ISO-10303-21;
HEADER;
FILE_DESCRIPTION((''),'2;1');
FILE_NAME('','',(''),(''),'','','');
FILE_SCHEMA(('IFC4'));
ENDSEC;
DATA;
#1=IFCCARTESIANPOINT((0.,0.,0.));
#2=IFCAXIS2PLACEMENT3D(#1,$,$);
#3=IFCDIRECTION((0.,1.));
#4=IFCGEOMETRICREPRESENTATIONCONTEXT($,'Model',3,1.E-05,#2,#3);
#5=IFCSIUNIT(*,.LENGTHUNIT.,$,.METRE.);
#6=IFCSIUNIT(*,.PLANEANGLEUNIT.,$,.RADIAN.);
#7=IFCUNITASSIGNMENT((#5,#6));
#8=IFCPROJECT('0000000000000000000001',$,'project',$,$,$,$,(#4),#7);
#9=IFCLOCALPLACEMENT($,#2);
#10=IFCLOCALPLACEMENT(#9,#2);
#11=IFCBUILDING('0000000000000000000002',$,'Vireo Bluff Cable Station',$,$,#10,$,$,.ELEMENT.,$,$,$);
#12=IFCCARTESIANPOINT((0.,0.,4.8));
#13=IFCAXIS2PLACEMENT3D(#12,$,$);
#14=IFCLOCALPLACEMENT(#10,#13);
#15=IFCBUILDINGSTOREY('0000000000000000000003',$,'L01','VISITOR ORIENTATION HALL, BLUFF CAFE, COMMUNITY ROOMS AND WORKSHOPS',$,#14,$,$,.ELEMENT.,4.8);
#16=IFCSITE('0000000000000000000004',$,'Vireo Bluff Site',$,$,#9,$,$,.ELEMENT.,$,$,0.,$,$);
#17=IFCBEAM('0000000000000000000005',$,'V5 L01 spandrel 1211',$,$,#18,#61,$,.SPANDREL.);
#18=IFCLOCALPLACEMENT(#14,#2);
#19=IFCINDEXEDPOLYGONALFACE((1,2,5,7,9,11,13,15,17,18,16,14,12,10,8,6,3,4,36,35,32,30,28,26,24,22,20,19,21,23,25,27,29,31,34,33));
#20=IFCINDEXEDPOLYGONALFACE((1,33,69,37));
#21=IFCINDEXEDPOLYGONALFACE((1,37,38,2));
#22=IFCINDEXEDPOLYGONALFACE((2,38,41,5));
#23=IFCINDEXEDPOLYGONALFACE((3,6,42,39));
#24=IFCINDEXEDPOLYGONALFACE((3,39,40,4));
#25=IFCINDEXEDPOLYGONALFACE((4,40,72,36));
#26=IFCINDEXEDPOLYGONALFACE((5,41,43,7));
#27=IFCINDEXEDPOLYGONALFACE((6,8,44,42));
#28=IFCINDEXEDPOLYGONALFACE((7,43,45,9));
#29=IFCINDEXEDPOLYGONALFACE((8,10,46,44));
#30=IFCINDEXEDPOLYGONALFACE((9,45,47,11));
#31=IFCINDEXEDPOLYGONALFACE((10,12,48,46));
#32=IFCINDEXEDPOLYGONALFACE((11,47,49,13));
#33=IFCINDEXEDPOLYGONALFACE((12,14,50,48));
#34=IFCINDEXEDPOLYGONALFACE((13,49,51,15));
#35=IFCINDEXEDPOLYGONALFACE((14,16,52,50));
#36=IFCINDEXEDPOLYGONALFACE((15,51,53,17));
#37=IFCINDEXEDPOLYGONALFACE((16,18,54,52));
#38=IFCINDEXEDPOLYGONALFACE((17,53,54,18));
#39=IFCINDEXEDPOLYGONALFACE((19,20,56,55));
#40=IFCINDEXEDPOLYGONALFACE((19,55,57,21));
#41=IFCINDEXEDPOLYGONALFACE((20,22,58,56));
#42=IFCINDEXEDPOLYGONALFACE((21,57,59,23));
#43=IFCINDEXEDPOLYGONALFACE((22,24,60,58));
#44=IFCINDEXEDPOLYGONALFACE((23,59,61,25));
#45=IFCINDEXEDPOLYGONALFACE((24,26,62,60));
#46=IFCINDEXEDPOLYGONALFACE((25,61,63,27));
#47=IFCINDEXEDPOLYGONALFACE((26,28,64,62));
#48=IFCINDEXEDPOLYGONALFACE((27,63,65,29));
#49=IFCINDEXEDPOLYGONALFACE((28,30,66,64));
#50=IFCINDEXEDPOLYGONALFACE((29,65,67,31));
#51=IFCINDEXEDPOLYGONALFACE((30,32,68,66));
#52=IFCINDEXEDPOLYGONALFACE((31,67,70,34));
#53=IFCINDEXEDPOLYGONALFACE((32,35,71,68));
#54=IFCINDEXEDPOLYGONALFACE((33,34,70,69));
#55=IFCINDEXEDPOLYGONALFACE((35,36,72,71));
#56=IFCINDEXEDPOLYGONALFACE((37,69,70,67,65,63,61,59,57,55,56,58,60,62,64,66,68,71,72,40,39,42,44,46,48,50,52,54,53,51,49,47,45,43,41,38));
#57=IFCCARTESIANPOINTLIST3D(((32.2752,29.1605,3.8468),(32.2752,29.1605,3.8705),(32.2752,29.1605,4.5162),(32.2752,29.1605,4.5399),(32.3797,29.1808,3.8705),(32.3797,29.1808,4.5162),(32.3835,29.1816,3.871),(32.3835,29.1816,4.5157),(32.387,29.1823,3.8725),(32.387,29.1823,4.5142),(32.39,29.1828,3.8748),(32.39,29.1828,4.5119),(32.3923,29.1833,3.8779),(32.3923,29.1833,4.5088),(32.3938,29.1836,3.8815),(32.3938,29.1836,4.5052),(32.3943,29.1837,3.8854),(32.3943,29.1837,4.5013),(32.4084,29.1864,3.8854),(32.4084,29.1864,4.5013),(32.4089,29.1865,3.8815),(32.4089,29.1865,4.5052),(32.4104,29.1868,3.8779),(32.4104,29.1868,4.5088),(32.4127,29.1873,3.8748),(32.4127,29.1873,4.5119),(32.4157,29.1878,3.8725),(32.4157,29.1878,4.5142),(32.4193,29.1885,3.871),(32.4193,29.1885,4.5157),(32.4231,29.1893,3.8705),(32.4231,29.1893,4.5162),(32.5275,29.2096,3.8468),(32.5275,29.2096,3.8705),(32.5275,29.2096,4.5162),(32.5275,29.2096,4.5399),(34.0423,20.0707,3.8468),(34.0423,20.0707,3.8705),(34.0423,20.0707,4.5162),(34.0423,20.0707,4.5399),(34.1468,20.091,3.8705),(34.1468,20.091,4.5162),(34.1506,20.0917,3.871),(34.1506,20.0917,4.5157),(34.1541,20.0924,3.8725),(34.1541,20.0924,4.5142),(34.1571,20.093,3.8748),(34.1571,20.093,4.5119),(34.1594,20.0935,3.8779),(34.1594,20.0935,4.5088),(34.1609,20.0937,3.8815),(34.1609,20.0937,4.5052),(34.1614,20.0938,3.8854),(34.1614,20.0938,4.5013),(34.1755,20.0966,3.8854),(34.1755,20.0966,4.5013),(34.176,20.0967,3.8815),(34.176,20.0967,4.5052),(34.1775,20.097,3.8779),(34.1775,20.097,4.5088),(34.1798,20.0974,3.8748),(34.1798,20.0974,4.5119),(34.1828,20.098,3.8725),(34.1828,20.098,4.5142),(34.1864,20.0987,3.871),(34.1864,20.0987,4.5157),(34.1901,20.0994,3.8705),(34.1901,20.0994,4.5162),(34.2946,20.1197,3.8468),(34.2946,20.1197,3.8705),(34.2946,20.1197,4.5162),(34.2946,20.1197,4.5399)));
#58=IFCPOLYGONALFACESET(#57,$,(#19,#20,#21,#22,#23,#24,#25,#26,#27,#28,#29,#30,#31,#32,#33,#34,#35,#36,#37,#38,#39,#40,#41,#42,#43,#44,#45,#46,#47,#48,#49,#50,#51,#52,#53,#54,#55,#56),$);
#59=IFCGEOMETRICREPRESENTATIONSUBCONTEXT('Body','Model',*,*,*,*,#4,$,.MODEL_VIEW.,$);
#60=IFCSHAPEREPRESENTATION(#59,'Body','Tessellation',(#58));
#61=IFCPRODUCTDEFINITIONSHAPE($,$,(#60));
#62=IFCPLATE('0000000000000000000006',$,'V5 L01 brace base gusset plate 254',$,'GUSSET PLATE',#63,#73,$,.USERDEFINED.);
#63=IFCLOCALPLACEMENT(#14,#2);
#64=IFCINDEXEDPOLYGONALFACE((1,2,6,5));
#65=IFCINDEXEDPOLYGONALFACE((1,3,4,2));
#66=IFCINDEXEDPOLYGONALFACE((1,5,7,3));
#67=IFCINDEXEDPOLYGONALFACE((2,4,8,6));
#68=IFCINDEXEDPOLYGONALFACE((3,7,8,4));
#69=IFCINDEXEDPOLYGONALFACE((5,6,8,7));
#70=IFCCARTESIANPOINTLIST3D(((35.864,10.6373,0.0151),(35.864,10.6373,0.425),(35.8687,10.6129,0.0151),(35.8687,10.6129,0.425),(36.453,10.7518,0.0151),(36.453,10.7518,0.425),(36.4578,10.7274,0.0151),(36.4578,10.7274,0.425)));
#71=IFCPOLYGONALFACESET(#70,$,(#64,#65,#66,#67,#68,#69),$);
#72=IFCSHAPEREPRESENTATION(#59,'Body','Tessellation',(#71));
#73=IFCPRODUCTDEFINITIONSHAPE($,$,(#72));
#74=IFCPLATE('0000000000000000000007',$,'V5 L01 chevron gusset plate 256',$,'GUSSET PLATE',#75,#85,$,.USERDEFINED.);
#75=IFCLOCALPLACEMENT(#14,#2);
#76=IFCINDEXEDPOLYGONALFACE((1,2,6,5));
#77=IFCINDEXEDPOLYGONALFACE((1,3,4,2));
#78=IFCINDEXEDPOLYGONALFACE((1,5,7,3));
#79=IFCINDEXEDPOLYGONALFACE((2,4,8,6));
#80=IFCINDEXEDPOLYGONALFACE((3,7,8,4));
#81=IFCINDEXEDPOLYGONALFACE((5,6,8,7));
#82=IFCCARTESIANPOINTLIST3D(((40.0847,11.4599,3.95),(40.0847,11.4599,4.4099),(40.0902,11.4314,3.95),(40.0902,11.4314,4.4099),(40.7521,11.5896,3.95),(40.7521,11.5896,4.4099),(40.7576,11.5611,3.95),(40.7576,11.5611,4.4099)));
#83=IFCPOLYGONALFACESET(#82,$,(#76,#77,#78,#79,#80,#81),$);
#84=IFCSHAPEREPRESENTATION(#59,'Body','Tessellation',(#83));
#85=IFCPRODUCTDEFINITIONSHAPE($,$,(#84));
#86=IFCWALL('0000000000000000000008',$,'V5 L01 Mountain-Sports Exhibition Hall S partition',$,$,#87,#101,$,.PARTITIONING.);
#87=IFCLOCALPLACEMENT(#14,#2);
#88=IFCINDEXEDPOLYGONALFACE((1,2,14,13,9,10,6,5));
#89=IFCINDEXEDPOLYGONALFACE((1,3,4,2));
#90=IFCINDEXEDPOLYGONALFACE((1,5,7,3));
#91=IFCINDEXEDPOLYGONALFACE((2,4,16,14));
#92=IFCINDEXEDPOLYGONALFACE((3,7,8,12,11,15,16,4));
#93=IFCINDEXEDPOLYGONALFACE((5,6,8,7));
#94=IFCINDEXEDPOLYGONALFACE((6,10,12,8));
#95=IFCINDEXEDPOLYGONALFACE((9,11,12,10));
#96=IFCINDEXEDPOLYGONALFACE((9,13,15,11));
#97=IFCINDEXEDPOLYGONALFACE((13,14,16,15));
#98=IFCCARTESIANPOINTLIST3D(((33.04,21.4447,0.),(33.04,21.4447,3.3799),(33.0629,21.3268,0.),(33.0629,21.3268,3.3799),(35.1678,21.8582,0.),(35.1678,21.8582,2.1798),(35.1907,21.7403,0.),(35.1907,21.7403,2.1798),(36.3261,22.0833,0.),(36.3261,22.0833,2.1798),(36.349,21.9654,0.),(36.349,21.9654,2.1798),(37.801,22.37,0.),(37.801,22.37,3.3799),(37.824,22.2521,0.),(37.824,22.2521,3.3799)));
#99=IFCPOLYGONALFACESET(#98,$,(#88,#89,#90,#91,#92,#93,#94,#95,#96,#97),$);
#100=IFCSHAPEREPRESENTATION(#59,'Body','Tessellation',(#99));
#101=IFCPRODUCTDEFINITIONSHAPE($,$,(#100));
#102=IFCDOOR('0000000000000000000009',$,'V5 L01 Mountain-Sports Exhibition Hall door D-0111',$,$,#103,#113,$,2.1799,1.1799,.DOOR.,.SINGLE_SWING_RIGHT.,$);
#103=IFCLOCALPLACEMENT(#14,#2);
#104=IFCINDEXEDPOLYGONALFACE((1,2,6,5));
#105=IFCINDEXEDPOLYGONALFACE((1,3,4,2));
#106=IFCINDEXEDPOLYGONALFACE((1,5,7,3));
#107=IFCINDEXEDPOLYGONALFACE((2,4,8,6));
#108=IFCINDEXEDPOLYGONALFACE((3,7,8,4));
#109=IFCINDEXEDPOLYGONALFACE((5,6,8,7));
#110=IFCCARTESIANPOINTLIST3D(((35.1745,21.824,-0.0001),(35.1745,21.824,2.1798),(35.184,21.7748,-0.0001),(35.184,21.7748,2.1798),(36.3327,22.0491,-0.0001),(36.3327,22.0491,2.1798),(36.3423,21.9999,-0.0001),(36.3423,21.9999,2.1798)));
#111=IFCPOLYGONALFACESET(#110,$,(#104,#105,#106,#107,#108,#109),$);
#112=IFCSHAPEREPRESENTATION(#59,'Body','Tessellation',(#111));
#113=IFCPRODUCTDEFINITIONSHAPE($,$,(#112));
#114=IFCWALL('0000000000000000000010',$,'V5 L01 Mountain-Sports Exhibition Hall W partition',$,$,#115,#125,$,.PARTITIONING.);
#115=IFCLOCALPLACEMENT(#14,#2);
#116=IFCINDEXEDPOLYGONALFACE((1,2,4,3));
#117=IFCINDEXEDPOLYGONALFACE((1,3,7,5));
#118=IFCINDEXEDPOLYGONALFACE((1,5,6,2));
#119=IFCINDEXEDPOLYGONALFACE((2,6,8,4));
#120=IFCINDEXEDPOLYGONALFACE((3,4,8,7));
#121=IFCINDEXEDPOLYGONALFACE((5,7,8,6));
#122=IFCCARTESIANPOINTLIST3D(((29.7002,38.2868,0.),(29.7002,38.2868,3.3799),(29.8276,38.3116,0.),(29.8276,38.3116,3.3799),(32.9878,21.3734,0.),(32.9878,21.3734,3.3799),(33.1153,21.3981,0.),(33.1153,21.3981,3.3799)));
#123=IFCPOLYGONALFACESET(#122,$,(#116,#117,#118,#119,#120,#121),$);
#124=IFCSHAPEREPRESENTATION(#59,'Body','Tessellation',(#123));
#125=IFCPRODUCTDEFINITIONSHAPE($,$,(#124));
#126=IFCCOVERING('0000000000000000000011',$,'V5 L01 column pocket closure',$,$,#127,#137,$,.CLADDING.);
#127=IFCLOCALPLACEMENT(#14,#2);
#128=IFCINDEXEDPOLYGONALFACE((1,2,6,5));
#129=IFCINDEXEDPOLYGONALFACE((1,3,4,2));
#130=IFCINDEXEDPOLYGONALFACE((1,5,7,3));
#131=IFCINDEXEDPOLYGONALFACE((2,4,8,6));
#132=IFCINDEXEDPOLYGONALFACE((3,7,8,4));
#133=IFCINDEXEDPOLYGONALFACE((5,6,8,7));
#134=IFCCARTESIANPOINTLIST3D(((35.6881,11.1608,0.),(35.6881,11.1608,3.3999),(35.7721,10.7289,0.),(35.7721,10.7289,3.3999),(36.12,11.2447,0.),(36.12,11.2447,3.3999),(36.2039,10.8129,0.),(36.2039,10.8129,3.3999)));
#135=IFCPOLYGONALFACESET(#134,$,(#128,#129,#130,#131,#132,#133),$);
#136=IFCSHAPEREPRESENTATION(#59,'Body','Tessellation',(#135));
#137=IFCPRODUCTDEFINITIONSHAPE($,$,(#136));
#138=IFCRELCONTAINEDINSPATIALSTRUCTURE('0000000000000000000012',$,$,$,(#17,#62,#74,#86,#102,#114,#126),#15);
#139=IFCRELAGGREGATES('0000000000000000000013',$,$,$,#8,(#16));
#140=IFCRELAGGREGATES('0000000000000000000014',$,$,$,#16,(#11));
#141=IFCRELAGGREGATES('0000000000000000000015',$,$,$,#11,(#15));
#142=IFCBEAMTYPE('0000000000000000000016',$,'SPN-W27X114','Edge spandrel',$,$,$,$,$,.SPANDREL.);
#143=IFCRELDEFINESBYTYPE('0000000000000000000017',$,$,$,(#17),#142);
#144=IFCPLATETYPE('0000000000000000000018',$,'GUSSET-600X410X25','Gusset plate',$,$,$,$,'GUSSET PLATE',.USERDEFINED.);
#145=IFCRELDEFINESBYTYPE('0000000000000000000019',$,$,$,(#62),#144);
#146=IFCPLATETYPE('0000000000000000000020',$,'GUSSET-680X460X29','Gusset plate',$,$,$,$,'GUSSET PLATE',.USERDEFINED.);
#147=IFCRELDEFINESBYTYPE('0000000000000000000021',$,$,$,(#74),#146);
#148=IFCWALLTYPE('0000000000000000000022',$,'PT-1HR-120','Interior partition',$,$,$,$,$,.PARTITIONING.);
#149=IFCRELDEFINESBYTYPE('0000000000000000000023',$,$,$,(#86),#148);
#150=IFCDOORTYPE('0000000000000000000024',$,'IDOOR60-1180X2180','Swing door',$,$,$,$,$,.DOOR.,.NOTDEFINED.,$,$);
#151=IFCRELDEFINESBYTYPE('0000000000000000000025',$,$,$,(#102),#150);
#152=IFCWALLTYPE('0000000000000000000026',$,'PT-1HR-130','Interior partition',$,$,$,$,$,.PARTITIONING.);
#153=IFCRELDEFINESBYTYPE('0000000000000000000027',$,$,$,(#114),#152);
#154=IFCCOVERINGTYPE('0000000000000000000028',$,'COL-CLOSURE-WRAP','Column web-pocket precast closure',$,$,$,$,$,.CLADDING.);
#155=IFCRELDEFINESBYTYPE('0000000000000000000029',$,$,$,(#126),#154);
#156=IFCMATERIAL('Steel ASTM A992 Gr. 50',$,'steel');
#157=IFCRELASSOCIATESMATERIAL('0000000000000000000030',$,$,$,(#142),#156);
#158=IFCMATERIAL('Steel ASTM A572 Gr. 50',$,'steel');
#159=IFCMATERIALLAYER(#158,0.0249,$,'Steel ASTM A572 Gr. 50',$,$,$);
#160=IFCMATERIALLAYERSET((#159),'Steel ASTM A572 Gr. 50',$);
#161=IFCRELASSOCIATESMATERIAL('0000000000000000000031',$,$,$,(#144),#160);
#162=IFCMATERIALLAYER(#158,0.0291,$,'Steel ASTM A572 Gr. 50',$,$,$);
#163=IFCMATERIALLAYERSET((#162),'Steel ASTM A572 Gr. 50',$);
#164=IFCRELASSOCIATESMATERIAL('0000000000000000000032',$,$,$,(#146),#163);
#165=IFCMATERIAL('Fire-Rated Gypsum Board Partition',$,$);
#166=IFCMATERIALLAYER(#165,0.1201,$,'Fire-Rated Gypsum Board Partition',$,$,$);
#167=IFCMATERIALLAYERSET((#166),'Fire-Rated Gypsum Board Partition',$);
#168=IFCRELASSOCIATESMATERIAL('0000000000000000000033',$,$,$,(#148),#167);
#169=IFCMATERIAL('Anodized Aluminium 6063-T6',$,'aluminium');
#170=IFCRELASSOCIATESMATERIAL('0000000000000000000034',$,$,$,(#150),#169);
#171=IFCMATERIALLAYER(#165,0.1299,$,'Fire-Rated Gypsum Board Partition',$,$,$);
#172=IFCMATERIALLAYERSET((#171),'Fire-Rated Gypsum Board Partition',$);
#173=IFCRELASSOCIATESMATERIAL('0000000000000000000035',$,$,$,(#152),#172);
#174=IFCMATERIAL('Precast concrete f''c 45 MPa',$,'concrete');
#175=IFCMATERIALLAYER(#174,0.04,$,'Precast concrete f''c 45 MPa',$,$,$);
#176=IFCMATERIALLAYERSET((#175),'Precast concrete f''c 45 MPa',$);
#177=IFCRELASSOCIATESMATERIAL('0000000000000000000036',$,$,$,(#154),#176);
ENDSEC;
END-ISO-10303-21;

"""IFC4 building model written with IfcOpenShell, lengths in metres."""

from ifc_helpers import new_model, si_unit, direction, frame, frame_2d, origin, origin_with_axes, origin_2d, place, context, subcontext, project, spatial, rectangle, i_section, extrude, material, layer, layer_set, material_profile, profile_set, type_object, element, fill, save


model = new_model("IFC4")

# Units and contexts
model_context = context("Model", 3, precision=1e-05, world=origin(), true_north=direction((0.0, 1.0)))
body_context = subcontext(model_context, "Body", "Model", "MODEL_VIEW")
ifc_project = project(units=[si_unit("LENGTHUNIT", "METRE"), si_unit("PLANEANGLEUNIT", "RADIAN")], contexts=[model_context])

# Site, building, storey
site_placement = place(None, origin())
site = spatial("IfcSite", under=ifc_project, at=site_placement, Name="Vireo Bluff Site", CompositionType="ELEMENT", RefElevation=0.0)
building_placement = place(site_placement, origin())
building = spatial("IfcBuilding", under=site, at=building_placement, Name="Vireo Bluff Cable Station", CompositionType="ELEMENT")
storey_placement = place(building_placement, frame((0.0, 0.0, 4.8)))
storey = spatial("IfcBuildingStorey", under=building, at=storey_placement, Name="L01", Description="VISITOR ORIENTATION HALL, BLUFF CAFE, COMMUNITY ROOMS AND WORKSHOPS", CompositionType="ELEMENT", Elevation=4.8)

# Shared definitions
ifc_material_1 = material(Name="Steel ASTM A992 Gr. 50", Category="steel")

# Shared definitions
ifc_material_2 = material(Name="Anodized Aluminium 6063-T6", Category="aluminium")

# Beam
ifc_material_profile_1 = material_profile(ifc_material_1, i_section(OverallWidth=0.2571, OverallDepth=0.6931, WebThickness=0.0144, FlangeThickness=0.0237, FilletRadius=0.0149, at=origin_2d()), Name="W27X114")
ifc_profile_set_1 = profile_set([ifc_material_profile_1], Name="Steel ASTM A992 Gr. 50")
beam_type_1 = type_object("IfcBeamType", Name="SPN-W27X114", Description="Edge spandrel", PredefinedType="SPANDREL", material=ifc_profile_set_1)
beam_1_placement = place(storey_placement, frame((34.1685, 20.0952, 4.1934), z_axis=(-0.19083, 0.981623, 0.0), x_axis=(-0.981623, -0.19083, 0.0)))
element("IfcBeam", 1, at=beam_1_placement, inside=storey, type_object=beam_type_1, Name="V5 L01 spandrel 1211", PredefinedType="SPANDREL", context=body_context, shape_type="SweptSolid", body=[
    extrude(i_section(OverallWidth=0.2571, OverallDepth=0.6931, WebThickness=0.0144, FlangeThickness=0.0237, FilletRadius=0.0149, at=origin_2d()), origin(), (0.0, 0.0, 1.0), 9.26),
])

# Plates
ifc_material_3 = material(Name="Steel ASTM A572 Gr. 50", Category="steel")
ifc_layer_1 = layer(ifc_material_3, 0.0249, Name="Steel ASTM A572 Gr. 50")
ifc_layer_set_1 = layer_set([ifc_layer_1], Name="Steel ASTM A572 Gr. 50")
plate_type_1 = type_object("IfcPlateType", Name="GUSSET-600X410X25", Description="Gusset plate", ElementType="GUSSET PLATE", PredefinedType="USERDEFINED", material=ifc_layer_set_1)
plate_1_placement = place(storey_placement, frame((36.1609, 10.6824, 0.0151), z_axis=(0.0, 0.0, 1.0), x_axis=(0.981627, 0.190809, 0.0)))
element("IfcPlate", 2, at=plate_1_placement, inside=storey, type_object=plate_type_1, Name="V5 L01 brace base gusset plate 254", ObjectType="GUSSET PLATE", PredefinedType="USERDEFINED", context=body_context, shape_type="SweptSolid", body=[
    extrude(rectangle(XDim=0.6001, YDim=0.0249, at=origin_2d()), origin(), (0.0, 0.0, 1.0), 0.4099),
])
ifc_layer_2 = layer(ifc_material_3, 0.0291, Name="Steel ASTM A572 Gr. 50")
ifc_layer_set_2 = layer_set([ifc_layer_2], Name="Steel ASTM A572 Gr. 50")
plate_type_2 = type_object("IfcPlateType", Name="GUSSET-680X460X29", Description="Gusset plate", ElementType="GUSSET PLATE", PredefinedType="USERDEFINED", material=ifc_layer_set_2)
plate_2_placement = place(storey_placement, frame((40.4211, 11.5105, 3.95), z_axis=(0.0, 0.0, 1.0), x_axis=(0.981627, 0.190809, 0.0)))
element("IfcPlate", 3, at=plate_2_placement, inside=storey, type_object=plate_type_2, Name="V5 L01 chevron gusset plate 256", ObjectType="GUSSET PLATE", PredefinedType="USERDEFINED", context=body_context, shape_type="SweptSolid", body=[
    extrude(rectangle(XDim=0.6799, YDim=0.0291, at=origin_2d()), origin(), (0.0, 0.0, 1.0), 0.46),
])

# Wall, opening, door
ifc_material_4 = material(Name="Fire-Rated Gypsum Board Partition")
ifc_layer_3 = layer(ifc_material_4, 0.1201, Name="Fire-Rated Gypsum Board Partition")
ifc_layer_set_3 = layer_set([ifc_layer_3], Name="Fire-Rated Gypsum Board Partition")
wall_type_1 = type_object("IfcWallType", Name="PT-1HR-120", Description="Interior partition", PredefinedType="PARTITIONING", material=ifc_layer_set_3)
wall_1_placement = place(storey_placement, frame((37.8125, 22.311, 0.0), z_axis=(0.0, 0.0, 1.0), x_axis=(-0.981633, -0.190779, 0.0)))
wall_1 = element("IfcWall", 4, at=wall_1_placement, inside=storey, type_object=wall_type_1, Name="V5 L01 Mountain-Sports Exhibition Hall S partition", PredefinedType="PARTITIONING", context=body_context, shape_type="SweptSolid", body=[
    extrude(rectangle(XDim=4.8501, YDim=0.1201, at=frame_2d((2.425, 0.0))), origin(), (0.0, 0.0, 1.0), 3.3799),
])
opening_placement = place(wall_1_placement, frame((1.5027, 0.0, 0.0)))
opening = element("IfcOpeningElement", 5, at=opening_placement, cuts=wall_1, PredefinedType="OPENING", context=body_context, shape_type="SweptSolid", body=[
    extrude(rectangle(XDim=1.1799, YDim=2.1799, at=frame_2d((0.5898, 1.0898))), frame((0.0, 0.0701, 0.0), z_axis=(0.0, -1.0, 0.0), x_axis=(1.0, 0.0, 0.0)), (0.0, 0.0, 1.0), 0.1401),
])
door_type = type_object("IfcDoorType", Name="IDOOR60-1180X2180", Description="Swing door", OperationType="NOTDEFINED", PredefinedType="DOOR", material=ifc_material_2)
door_placement = place(opening_placement, origin_with_axes())
door = element("IfcDoor", 6, at=door_placement, inside=storey, type_object=door_type, Name="V5 L01 Mountain-Sports Exhibition Hall door D-0111", OperationType="SINGLE_SWING_RIGHT", OverallHeight=2.1799, OverallWidth=1.1799, PredefinedType="DOOR", context=body_context, shape_type="SweptSolid", body=[
    extrude(rectangle(XDim=1.1799, YDim=2.1799, at=frame_2d((0.5898, 1.0898))), frame((0.0, 0.0249, 0.0), z_axis=(0.0, -1.0, 0.0), x_axis=(1.0, 0.0, 0.0)), (0.0, 0.0, 1.0), 0.05),
])
fill(opening, door)

# Wall
ifc_layer_4 = layer(ifc_material_4, 0.1299, Name="Fire-Rated Gypsum Board Partition")
ifc_layer_set_4 = layer_set([ifc_layer_4], Name="Fire-Rated Gypsum Board Partition")
wall_type_2 = type_object("IfcWallType", Name="PT-1HR-130", Description="Interior partition", PredefinedType="PARTITIONING", material=ifc_layer_set_4)
wall_2_placement = place(storey_placement, frame((33.0515, 21.3857, 0.0), z_axis=(0.0, 0.0, 1.0), x_axis=(-0.190808, 0.981627, 0.0)))
element("IfcWall", 7, at=wall_2_placement, inside=storey, type_object=wall_type_2, Name="V5 L01 Mountain-Sports Exhibition Hall W partition", PredefinedType="PARTITIONING", context=body_context, shape_type="SweptSolid", body=[
    extrude(rectangle(XDim=17.23, YDim=0.1299, at=frame_2d((8.615, 0.0))), origin(), (0.0, 0.0, 1.0), 3.3799),
])

# Covering
ifc_material_5 = material(Name="Precast concrete f'c 45 MPa", Category="concrete")
ifc_layer_5 = layer(ifc_material_5, 0.04, Name="Precast concrete f'c 45 MPa")
ifc_layer_set_5 = layer_set([ifc_layer_5], Name="Precast concrete f'c 45 MPa")
covering_type = type_object("IfcCoveringType", Name="COL-CLOSURE-WRAP", Description="Column web-pocket precast closure", PredefinedType="CLADDING", material=ifc_layer_set_5)
covering_placement = place(storey_placement, frame((35.946, 10.9868, 0.0), z_axis=(0.0, 0.0, 1.0), x_axis=(0.981627, 0.190809, 0.0)))
element("IfcCovering", 8, at=covering_placement, inside=storey, type_object=covering_type, Name="V5 L01 column pocket closure", PredefinedType="CLADDING", context=body_context, shape_type="SweptSolid", body=[
    extrude(rectangle(XDim=0.4399, YDim=0.4399, at=origin_2d()), origin(), (0.0, 0.0, 1.0), 3.3999),
])

save(model, "model.ifc")
